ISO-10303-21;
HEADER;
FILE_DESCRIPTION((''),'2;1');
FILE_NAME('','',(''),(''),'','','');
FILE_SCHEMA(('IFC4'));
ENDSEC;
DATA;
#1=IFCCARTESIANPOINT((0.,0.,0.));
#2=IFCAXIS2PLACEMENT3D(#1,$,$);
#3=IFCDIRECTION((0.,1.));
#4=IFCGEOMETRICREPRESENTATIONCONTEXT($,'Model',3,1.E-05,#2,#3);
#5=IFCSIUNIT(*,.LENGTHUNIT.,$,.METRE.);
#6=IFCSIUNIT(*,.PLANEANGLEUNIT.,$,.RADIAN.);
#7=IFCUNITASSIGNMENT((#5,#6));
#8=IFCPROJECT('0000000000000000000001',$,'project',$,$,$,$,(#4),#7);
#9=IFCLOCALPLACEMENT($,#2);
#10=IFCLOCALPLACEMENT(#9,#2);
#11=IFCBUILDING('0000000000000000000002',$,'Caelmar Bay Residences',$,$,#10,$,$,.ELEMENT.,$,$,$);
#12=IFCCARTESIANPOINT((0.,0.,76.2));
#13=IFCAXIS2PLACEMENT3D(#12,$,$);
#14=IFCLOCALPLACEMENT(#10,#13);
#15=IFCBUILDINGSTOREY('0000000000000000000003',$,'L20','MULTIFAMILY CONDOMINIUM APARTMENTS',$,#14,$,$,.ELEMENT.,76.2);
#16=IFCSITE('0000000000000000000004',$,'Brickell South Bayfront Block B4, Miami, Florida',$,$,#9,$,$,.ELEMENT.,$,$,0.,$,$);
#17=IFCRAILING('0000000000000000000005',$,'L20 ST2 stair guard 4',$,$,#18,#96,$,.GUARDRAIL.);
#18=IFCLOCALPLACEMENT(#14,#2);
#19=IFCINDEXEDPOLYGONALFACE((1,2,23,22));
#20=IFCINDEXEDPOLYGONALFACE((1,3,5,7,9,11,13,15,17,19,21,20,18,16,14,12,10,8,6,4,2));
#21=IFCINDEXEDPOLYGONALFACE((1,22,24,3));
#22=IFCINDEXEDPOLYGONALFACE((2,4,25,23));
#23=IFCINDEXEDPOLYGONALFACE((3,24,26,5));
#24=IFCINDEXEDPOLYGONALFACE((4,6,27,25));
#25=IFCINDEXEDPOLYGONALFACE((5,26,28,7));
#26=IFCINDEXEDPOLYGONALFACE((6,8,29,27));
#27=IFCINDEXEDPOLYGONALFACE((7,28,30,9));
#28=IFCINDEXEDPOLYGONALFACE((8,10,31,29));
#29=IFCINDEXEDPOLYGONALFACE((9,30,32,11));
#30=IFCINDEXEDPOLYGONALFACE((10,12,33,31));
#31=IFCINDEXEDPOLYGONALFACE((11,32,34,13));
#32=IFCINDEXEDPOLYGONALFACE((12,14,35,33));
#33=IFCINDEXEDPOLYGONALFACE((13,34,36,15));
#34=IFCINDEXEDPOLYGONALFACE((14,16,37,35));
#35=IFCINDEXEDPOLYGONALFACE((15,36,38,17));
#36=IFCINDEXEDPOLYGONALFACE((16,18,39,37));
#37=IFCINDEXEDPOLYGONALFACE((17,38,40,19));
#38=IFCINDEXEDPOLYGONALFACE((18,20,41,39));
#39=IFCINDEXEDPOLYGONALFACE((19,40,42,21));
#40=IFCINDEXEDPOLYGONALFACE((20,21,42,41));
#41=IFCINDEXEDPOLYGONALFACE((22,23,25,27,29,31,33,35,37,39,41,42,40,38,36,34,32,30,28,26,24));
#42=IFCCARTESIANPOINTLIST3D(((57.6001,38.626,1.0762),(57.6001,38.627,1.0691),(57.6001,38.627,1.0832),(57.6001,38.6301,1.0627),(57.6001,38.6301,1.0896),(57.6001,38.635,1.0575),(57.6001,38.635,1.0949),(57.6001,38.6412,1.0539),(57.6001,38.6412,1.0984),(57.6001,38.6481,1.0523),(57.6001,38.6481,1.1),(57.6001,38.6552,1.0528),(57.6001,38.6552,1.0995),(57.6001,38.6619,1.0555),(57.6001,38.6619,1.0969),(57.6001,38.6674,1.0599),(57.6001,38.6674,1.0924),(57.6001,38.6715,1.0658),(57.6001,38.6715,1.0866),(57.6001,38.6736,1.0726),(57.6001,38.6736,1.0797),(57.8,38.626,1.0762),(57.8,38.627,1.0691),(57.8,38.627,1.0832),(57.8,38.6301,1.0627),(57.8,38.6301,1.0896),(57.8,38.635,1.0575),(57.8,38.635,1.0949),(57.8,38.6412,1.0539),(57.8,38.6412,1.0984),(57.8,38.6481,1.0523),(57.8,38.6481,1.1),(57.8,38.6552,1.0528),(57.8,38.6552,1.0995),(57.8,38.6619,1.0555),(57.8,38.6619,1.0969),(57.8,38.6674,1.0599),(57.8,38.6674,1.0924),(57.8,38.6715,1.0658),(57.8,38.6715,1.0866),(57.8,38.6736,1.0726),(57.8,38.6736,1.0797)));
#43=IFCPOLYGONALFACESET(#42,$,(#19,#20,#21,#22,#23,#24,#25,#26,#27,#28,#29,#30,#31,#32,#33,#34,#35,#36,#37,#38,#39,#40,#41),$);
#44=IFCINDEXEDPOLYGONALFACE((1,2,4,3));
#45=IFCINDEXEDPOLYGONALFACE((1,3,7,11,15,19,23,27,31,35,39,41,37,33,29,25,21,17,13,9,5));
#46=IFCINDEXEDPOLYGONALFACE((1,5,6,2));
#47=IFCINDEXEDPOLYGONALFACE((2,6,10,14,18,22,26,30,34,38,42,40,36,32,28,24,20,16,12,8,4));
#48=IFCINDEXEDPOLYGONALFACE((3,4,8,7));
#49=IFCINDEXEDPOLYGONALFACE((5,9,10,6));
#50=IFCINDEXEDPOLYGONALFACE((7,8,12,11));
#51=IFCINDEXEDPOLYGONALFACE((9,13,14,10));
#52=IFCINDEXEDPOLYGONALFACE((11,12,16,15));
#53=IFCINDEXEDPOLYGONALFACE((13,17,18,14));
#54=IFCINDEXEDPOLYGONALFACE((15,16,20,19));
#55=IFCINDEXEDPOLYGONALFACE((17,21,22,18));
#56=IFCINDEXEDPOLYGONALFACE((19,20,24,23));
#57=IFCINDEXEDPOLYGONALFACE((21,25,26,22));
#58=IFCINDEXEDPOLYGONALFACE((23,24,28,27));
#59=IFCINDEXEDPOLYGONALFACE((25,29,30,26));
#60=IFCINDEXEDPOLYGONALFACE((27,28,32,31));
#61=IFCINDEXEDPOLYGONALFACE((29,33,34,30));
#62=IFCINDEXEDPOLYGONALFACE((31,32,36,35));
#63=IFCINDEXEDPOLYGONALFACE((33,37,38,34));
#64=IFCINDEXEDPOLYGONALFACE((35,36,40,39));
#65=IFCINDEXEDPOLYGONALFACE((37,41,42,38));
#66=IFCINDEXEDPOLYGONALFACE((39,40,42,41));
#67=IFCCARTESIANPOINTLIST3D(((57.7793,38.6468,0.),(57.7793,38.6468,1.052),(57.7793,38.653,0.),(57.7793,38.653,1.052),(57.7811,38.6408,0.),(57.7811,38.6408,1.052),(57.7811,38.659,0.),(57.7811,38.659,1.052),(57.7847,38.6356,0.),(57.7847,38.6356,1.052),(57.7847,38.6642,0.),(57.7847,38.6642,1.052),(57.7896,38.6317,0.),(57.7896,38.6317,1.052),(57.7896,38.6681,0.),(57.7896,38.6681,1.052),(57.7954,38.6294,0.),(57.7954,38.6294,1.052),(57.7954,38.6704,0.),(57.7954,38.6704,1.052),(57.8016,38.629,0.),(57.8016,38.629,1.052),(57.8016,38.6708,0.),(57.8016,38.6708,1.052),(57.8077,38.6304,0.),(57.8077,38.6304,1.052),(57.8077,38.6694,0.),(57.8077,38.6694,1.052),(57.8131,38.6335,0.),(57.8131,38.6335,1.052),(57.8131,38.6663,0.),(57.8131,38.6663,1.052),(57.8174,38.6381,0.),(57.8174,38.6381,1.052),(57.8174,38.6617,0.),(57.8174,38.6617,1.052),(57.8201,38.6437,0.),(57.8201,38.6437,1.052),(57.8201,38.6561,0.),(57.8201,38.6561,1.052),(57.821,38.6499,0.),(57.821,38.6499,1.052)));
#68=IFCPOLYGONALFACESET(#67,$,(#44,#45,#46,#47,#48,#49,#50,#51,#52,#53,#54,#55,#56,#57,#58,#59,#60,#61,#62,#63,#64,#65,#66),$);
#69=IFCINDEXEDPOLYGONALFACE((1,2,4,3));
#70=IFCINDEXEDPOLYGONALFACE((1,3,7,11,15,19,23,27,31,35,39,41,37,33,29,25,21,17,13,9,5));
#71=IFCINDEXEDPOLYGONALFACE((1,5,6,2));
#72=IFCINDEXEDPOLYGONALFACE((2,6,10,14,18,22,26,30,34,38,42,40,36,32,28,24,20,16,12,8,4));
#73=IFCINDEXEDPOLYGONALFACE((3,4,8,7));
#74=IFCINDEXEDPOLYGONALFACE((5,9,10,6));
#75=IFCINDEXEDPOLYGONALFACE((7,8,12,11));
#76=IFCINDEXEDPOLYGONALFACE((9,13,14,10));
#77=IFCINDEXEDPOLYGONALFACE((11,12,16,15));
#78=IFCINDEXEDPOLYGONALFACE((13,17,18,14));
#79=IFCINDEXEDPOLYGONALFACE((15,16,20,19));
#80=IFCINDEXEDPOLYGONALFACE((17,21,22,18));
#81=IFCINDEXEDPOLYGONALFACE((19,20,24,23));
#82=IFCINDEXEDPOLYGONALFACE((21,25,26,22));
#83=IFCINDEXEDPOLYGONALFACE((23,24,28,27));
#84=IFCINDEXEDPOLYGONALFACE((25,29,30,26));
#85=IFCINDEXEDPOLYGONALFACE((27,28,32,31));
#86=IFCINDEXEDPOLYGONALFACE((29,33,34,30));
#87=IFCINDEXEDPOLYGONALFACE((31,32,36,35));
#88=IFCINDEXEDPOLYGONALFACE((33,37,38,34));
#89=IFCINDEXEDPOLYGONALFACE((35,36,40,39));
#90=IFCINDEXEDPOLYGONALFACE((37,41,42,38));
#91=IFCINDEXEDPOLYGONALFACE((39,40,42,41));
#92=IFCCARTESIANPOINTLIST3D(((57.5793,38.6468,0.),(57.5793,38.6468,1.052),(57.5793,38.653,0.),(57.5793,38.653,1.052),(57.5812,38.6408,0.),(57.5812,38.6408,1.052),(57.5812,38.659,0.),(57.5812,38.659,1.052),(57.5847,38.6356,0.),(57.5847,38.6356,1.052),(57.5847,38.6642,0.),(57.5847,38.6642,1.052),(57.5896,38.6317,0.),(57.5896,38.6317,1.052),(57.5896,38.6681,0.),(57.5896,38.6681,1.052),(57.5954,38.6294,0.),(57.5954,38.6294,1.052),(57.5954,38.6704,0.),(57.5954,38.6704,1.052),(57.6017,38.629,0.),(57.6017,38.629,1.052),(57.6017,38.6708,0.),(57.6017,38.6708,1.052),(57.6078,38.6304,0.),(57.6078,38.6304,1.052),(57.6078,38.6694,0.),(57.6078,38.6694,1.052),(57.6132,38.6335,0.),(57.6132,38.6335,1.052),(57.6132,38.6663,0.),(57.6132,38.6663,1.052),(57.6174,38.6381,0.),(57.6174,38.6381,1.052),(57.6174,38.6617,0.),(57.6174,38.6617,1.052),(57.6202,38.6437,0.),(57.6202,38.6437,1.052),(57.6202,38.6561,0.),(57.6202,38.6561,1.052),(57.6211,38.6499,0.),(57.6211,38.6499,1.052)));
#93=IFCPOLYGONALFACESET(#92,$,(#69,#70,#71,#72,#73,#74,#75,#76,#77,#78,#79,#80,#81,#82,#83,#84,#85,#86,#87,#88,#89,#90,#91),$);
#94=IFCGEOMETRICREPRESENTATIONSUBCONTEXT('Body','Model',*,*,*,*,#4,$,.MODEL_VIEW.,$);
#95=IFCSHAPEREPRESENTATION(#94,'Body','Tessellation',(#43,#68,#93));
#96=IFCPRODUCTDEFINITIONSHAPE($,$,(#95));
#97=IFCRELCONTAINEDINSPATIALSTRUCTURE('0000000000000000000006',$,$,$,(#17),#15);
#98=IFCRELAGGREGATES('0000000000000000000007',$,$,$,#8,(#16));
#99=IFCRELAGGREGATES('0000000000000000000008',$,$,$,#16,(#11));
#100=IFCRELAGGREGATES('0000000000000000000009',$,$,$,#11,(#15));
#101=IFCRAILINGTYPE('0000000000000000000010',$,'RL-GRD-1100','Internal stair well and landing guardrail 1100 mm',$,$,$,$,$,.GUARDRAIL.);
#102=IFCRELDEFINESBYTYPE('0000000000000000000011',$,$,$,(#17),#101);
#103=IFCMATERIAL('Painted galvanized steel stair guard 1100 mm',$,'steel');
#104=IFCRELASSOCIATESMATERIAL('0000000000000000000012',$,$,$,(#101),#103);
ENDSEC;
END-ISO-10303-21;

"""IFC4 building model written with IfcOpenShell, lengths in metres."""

from ifc_helpers import new_model, si_unit, direction, frame, origin, origin_2d, place, context, subcontext, project, spatial, circle, extrude, material, type_object, element, save


model = new_model("IFC4")

# Units and contexts
model_context = context("Model", 3, precision=1e-05, world=origin(), true_north=direction((0.0, 1.0)))
body_context = subcontext(model_context, "Body", "Model", "MODEL_VIEW")
ifc_project = project(units=[si_unit("LENGTHUNIT", "METRE"), si_unit("PLANEANGLEUNIT", "RADIAN")], contexts=[model_context])

# Site, building, storey
site_placement = place(None, origin())
site = spatial("IfcSite", under=ifc_project, at=site_placement, Name="Brickell South Bayfront Block B4, Miami, Florida", CompositionType="ELEMENT", RefElevation=0.0)
building_placement = place(site_placement, origin())
building = spatial("IfcBuilding", under=site, at=building_placement, Name="Caelmar Bay Residences", CompositionType="ELEMENT")
storey_placement = place(building_placement, frame((0.0, 0.0, 76.2)))
storey = spatial("IfcBuildingStorey", under=building, at=storey_placement, Name="L20", Description="MULTIFAMILY CONDOMINIUM APARTMENTS", CompositionType="ELEMENT", Elevation=76.2)

# Railing
ifc_material_1 = material(Name="Painted galvanized steel stair guard 1100 mm", Category="steel")
railing_type_1 = type_object("IfcRailingType", Name="RL-GRD-1100", Description="Internal stair well and landing guardrail 1100 mm", PredefinedType="GUARDRAIL", material=ifc_material_1)
railing_1_placement = place(storey_placement, frame((57.8, 38.6499, 0.0)))
element("IfcRailing", 1, at=railing_1_placement, inside=storey, type_object=railing_type_1, Name="L20 ST2 stair guard 4", PredefinedType="GUARDRAIL", context=body_context, shape_type="SweptSolid", body=[
    extrude(circle(Radius=0.0239, at=origin_2d()), frame((0.0, 0.0, 1.0762), z_axis=(-1.0, 0.0, 0.0), x_axis=(0.0, -1.0, 0.0)), (0.0, 0.0, 1.0), 0.2),
    extrude(circle(Radius=0.021, at=origin_2d()), origin(), (0.0, 0.0, 1.0), 1.052),
    extrude(circle(Radius=0.021, at=origin_2d()), frame((-0.2, 0.0, 0.0)), (0.0, 0.0, 1.0), 1.052),
])

save(model, "model.ifc")
